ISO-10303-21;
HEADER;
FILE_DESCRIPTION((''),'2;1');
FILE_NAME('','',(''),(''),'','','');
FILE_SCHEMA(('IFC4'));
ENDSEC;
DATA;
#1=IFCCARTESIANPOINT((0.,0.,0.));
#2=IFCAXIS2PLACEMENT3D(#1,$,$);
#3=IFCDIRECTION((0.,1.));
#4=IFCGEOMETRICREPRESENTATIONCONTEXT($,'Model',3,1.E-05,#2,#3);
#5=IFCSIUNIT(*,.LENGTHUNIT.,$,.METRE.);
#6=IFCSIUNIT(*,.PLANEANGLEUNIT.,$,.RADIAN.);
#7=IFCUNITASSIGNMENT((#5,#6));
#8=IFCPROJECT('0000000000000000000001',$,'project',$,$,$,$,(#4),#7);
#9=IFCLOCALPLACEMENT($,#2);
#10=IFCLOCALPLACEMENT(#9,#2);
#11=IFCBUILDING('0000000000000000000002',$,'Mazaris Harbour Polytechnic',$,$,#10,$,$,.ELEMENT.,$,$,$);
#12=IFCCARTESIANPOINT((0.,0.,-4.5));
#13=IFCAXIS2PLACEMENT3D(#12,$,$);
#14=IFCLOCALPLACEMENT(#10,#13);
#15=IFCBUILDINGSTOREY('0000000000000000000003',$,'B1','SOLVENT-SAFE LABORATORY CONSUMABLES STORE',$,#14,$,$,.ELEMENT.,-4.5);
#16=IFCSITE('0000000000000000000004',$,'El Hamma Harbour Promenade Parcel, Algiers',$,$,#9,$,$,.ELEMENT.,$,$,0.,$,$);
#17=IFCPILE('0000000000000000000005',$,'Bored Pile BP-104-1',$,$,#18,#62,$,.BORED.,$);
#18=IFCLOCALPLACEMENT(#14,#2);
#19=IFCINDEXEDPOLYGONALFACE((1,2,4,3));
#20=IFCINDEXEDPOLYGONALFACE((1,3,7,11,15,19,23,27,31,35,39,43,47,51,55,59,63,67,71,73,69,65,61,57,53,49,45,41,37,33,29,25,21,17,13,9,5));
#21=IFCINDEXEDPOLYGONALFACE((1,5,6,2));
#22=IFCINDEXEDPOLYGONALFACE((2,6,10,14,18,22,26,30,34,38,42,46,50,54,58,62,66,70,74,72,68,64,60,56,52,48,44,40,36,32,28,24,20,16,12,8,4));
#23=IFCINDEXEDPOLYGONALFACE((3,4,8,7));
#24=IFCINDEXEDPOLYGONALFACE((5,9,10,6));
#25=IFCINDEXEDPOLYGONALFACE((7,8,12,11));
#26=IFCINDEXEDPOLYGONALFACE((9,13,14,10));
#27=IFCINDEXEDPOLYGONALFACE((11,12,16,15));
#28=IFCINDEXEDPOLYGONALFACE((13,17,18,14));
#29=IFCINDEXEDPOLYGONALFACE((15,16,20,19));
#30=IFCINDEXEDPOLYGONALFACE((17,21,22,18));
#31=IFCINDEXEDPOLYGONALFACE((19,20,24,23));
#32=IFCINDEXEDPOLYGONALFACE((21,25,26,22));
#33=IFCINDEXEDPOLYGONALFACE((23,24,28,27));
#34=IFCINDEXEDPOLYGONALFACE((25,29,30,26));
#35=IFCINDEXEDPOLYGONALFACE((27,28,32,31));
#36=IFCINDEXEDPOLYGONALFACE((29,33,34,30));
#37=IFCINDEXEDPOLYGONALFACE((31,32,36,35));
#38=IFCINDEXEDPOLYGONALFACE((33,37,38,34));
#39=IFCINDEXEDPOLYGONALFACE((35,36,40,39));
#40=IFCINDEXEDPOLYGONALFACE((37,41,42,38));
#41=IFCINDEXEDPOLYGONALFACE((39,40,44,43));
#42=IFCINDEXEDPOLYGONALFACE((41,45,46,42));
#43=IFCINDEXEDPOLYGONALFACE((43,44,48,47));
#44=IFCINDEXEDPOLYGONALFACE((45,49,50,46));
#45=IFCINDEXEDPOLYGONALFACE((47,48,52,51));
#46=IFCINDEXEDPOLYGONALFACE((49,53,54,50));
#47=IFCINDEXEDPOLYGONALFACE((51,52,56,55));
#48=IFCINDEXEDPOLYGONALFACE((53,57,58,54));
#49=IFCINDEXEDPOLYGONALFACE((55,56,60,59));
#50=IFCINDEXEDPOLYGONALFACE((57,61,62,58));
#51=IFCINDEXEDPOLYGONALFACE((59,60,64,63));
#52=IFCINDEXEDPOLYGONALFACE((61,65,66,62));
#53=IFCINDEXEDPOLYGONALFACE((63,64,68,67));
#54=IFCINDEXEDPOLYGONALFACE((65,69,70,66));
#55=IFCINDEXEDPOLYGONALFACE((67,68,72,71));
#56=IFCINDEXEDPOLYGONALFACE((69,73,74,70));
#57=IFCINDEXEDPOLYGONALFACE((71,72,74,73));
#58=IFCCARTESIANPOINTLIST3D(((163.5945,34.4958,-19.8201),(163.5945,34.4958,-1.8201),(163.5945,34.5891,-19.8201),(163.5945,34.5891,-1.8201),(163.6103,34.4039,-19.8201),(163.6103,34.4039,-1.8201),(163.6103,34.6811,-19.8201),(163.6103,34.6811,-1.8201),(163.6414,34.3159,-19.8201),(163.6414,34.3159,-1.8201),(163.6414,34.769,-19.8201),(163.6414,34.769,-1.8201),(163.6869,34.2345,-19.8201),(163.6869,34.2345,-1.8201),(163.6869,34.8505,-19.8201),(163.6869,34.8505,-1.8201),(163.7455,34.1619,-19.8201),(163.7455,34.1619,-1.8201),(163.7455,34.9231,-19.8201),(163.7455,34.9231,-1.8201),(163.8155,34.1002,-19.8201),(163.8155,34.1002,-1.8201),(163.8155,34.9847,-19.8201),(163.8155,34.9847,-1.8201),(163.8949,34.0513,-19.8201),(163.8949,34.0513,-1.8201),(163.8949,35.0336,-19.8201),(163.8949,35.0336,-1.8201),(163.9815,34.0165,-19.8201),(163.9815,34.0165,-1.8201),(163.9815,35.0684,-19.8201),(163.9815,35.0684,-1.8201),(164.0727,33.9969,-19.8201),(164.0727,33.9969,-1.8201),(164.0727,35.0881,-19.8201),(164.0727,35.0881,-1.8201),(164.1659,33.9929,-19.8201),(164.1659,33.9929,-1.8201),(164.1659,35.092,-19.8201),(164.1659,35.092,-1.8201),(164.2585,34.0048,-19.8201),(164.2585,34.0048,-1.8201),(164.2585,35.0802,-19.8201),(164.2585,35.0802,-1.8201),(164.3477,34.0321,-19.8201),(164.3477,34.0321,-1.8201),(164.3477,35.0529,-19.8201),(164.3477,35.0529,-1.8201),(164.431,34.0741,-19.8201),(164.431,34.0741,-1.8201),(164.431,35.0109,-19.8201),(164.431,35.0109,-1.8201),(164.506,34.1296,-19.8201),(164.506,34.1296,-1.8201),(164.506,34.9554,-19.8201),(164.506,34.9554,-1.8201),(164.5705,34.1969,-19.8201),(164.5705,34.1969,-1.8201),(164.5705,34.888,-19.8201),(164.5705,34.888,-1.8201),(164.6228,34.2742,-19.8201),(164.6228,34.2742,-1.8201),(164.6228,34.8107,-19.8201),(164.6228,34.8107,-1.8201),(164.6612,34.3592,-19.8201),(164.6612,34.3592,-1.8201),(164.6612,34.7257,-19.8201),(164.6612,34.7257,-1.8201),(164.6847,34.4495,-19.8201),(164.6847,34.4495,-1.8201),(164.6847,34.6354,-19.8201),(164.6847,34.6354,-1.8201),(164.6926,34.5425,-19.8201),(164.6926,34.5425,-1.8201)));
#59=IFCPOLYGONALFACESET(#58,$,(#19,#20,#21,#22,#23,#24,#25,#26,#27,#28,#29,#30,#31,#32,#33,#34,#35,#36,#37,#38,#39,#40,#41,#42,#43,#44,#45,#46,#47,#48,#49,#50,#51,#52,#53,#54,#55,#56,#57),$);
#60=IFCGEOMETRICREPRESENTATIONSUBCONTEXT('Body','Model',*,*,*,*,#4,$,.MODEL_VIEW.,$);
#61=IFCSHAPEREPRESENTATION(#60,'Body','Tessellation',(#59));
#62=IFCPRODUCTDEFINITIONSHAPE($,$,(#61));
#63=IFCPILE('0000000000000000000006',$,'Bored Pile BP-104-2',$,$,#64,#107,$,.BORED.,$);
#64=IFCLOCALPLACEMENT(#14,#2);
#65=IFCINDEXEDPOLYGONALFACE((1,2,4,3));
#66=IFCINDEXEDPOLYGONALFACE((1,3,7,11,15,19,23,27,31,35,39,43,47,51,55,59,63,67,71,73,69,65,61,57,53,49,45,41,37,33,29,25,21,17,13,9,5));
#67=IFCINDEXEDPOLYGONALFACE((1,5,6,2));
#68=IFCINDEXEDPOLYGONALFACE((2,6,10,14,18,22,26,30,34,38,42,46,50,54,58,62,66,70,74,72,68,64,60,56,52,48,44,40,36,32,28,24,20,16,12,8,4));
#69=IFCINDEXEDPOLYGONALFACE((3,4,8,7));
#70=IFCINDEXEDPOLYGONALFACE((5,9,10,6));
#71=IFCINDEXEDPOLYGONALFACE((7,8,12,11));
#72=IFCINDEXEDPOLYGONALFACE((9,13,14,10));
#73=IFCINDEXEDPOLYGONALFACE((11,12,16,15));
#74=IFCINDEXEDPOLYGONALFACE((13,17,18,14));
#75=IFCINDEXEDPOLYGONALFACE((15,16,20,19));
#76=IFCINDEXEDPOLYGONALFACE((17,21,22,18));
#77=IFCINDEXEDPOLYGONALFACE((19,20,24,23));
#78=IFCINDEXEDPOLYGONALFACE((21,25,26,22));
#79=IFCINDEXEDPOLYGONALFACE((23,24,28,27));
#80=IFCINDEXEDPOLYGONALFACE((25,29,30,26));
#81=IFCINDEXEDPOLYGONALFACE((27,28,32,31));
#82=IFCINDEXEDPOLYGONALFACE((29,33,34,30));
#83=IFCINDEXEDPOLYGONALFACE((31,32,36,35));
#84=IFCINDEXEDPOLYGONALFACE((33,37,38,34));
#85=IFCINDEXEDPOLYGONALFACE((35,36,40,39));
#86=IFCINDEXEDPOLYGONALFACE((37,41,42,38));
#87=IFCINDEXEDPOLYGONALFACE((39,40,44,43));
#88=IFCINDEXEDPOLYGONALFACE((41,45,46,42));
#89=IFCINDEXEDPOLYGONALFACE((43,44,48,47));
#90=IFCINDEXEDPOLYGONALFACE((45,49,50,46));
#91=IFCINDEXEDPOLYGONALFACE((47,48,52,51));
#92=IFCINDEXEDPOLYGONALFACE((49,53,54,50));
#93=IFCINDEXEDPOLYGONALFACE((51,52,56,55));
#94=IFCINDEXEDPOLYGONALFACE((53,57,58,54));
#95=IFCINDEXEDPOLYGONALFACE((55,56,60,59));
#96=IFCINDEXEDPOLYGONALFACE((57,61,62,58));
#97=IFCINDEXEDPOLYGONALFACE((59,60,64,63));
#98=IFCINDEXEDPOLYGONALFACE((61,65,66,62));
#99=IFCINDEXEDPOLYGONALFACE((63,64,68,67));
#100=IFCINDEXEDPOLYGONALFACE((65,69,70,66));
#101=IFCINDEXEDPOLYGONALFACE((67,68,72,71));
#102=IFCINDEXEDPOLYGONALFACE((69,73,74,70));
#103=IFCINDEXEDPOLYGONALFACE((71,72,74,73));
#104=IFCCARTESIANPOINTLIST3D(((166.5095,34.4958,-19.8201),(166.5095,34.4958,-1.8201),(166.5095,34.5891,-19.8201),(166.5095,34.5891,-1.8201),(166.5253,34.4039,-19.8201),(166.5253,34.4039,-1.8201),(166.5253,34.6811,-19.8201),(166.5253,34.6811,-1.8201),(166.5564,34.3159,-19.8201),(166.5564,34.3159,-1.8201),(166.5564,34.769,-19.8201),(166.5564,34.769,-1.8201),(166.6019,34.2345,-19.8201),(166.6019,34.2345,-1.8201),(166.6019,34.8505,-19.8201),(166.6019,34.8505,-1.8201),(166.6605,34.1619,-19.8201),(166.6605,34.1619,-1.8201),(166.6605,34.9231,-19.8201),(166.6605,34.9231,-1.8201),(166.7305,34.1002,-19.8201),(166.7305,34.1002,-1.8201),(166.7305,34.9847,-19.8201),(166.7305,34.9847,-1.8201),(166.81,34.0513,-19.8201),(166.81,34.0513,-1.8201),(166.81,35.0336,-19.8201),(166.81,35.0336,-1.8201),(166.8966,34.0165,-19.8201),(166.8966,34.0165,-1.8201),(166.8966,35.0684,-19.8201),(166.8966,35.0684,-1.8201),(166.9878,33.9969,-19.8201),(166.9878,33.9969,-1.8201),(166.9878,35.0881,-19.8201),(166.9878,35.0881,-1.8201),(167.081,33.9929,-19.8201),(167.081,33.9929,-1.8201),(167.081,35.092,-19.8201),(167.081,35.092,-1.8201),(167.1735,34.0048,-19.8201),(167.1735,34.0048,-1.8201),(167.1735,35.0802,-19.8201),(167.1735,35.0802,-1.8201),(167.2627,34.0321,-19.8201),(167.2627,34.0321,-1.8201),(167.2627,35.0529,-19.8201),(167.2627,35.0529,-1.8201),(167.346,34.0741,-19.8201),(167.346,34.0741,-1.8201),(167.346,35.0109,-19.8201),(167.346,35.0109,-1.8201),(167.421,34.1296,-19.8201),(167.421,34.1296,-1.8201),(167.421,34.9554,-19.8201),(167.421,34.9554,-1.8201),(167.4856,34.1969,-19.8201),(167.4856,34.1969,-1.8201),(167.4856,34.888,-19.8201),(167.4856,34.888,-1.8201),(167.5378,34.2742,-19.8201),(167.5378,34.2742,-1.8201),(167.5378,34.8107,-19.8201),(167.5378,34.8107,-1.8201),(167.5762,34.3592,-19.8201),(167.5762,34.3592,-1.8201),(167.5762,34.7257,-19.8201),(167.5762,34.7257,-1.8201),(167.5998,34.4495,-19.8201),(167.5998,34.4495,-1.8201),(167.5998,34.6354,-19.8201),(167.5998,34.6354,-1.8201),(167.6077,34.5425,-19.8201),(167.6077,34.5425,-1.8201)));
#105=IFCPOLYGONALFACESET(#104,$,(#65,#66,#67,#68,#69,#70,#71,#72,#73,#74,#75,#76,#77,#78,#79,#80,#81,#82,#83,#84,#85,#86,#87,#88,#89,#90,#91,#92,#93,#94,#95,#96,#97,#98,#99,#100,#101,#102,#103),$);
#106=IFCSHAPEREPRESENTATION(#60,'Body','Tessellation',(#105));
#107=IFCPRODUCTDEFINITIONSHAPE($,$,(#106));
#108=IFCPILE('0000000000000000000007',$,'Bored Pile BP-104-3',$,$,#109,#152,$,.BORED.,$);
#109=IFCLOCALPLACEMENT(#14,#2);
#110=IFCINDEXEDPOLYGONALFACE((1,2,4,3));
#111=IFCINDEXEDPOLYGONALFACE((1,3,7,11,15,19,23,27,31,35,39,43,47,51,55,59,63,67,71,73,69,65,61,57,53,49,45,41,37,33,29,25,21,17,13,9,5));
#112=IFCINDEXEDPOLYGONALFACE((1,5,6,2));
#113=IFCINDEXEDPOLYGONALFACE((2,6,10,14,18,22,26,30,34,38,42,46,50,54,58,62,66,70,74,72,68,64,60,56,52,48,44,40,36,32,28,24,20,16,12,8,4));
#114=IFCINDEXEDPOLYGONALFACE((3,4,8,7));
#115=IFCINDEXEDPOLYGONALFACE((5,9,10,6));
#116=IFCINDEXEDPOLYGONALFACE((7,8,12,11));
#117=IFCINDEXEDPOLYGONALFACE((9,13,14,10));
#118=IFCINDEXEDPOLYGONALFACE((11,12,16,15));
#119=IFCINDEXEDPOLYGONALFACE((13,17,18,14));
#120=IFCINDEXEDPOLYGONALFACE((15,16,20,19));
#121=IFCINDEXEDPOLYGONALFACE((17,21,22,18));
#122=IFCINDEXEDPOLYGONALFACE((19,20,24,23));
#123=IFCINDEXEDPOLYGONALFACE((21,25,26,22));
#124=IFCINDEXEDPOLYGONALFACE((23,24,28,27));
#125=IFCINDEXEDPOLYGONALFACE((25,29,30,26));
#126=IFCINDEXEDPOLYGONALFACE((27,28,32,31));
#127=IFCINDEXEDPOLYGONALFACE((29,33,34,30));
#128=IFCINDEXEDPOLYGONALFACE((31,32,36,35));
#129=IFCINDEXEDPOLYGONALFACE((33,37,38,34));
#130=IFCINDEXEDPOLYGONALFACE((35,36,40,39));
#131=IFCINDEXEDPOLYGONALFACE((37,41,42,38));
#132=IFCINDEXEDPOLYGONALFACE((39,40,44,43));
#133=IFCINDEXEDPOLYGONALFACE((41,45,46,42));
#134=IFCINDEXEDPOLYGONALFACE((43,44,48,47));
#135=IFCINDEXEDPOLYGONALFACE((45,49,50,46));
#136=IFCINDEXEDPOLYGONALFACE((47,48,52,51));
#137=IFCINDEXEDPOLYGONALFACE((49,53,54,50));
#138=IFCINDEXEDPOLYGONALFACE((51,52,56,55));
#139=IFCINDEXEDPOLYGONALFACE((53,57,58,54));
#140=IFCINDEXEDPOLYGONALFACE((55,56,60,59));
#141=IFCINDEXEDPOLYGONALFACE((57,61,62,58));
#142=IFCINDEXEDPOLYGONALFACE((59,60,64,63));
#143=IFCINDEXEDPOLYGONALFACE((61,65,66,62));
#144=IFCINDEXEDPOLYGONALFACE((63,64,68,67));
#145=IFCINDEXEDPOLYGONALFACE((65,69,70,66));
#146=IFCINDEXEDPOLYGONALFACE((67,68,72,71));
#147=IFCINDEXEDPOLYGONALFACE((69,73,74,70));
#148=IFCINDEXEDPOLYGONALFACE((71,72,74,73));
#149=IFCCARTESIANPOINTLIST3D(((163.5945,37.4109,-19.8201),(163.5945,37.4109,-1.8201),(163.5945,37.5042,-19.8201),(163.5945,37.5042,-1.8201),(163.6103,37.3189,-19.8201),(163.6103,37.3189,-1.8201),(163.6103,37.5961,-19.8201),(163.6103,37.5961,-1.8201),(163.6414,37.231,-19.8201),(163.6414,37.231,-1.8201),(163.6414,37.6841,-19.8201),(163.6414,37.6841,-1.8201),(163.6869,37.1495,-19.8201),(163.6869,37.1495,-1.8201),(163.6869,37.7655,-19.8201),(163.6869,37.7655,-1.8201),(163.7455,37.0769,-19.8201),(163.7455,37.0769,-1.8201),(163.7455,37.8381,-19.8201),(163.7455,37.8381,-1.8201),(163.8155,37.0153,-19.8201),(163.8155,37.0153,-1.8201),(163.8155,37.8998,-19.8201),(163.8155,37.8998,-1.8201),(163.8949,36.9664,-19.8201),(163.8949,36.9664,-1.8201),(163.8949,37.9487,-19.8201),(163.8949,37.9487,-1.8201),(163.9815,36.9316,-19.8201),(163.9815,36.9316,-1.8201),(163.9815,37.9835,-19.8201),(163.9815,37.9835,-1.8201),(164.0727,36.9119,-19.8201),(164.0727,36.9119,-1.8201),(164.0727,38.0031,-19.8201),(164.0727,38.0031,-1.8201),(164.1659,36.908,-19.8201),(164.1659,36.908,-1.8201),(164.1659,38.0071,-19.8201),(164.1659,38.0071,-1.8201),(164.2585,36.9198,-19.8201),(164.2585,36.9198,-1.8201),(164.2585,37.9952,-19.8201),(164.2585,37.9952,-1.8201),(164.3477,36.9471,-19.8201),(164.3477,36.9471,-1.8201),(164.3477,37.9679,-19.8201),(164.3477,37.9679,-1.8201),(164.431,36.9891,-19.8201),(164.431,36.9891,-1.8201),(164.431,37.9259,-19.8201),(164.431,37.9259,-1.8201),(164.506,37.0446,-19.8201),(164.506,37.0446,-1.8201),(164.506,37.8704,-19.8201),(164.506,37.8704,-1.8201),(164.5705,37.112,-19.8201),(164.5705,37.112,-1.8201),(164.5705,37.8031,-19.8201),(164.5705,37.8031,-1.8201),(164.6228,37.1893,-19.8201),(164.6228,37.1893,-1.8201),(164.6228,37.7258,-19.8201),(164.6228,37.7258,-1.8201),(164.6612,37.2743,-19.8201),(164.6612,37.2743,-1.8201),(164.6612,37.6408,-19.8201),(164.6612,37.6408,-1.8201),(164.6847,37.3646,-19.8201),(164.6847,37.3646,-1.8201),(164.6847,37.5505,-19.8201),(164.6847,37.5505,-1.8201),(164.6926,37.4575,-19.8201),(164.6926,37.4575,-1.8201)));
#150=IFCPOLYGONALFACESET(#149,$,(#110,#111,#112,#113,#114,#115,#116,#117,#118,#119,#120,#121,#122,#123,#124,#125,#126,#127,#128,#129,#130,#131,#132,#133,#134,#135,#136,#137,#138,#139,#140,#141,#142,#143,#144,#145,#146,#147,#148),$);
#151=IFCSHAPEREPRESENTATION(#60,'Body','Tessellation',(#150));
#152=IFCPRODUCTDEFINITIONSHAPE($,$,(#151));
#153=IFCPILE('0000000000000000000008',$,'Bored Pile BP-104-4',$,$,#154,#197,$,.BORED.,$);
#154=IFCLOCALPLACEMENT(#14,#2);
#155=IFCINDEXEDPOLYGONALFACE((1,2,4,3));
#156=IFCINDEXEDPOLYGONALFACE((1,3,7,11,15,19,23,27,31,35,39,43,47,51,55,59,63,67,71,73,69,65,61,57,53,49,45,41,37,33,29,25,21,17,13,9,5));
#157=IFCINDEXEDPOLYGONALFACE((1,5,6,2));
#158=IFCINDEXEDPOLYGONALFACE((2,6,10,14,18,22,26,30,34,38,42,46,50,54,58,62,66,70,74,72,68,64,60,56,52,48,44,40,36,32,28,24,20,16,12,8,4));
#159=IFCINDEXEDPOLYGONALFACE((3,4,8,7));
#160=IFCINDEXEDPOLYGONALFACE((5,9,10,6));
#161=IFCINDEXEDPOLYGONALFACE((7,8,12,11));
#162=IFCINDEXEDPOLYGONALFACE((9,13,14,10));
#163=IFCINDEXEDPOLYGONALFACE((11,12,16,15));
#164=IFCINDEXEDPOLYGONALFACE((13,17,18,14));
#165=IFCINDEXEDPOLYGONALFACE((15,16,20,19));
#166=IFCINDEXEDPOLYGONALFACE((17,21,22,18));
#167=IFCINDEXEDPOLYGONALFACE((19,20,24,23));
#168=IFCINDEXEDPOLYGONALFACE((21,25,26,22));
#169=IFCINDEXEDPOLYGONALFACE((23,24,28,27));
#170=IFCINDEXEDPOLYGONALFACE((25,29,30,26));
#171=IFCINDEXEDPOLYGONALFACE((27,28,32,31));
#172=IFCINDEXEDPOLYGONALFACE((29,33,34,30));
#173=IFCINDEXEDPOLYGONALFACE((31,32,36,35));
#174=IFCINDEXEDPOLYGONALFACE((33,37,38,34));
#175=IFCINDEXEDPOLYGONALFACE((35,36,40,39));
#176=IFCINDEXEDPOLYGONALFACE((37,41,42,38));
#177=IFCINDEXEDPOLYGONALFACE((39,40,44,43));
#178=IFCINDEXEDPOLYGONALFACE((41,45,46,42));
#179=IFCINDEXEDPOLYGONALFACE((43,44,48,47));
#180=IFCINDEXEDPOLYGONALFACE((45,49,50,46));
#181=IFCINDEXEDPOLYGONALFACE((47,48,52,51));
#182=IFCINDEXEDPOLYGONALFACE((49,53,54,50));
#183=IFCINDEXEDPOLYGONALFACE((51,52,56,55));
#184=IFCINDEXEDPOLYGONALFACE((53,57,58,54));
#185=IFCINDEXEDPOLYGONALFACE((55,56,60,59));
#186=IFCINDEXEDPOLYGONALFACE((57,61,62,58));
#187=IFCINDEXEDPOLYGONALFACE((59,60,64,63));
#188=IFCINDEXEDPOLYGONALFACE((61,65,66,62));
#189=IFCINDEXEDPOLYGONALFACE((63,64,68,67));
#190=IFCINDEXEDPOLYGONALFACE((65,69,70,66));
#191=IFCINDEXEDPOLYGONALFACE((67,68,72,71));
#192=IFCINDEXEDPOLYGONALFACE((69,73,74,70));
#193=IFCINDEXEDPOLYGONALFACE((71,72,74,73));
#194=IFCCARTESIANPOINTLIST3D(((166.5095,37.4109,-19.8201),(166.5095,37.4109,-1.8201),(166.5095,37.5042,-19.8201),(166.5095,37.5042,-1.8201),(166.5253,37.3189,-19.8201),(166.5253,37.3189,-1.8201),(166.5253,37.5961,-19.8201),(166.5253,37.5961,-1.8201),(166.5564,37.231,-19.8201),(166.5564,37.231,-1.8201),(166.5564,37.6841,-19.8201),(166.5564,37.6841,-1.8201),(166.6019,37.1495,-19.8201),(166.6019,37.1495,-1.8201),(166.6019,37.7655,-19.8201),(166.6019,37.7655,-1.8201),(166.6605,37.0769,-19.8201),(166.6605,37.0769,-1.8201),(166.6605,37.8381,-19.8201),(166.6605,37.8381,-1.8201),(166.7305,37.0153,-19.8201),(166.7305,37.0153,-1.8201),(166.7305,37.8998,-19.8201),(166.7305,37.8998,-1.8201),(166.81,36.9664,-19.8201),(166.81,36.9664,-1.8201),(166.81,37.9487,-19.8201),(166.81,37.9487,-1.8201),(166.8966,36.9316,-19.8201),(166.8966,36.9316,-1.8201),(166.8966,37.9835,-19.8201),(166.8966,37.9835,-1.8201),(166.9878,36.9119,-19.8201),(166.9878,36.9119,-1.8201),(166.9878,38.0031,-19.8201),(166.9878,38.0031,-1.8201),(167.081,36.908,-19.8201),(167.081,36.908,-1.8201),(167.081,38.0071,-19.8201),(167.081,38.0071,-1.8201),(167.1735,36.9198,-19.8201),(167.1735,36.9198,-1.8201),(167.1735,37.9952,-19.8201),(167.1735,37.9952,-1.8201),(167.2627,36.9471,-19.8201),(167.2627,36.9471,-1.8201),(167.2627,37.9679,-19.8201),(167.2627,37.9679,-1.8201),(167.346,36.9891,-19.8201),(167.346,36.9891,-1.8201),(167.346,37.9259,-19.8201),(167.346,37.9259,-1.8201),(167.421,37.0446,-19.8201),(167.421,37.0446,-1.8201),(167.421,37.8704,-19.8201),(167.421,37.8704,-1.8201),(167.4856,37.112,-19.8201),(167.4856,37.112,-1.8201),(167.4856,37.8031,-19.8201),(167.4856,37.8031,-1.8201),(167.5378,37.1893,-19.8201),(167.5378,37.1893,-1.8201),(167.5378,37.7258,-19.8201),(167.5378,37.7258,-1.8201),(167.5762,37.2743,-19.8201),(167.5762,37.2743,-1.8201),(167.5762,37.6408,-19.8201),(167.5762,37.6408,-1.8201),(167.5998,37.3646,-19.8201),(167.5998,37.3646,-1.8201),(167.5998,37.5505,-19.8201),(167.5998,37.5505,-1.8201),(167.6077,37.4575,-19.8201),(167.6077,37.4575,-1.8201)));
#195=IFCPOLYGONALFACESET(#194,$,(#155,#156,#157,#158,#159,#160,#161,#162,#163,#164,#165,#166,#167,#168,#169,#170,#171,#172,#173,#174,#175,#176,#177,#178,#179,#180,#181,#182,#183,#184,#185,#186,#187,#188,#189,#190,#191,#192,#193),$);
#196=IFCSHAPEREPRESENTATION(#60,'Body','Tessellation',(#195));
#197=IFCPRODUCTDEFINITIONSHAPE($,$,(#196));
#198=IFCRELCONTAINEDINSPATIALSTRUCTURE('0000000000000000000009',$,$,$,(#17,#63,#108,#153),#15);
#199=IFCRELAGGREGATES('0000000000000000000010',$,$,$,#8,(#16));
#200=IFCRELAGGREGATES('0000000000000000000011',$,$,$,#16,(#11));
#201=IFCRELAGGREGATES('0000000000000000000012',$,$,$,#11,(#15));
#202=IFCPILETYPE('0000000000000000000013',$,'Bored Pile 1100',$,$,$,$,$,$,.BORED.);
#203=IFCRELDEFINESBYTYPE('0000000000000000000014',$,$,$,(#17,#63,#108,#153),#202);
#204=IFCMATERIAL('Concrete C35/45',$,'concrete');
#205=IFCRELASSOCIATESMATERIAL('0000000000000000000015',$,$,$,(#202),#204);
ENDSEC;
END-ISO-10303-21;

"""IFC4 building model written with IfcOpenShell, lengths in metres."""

from ifc_helpers import new_model, si_unit, direction, frame, origin, origin_2d, place, context, subcontext, project, spatial, circle, extrude, material, material_profile, profile_set, type_object, element, save


model = new_model("IFC4")

# Units and contexts
model_context = context("Model", 3, precision=1e-05, world=origin(), true_north=direction((0.0, 1.0)))
body_context = subcontext(model_context, "Body", "Model", "MODEL_VIEW")
ifc_project = project(units=[si_unit("LENGTHUNIT", "METRE"), si_unit("PLANEANGLEUNIT", "RADIAN")], contexts=[model_context])

# Site, building, storey
site_placement = place(None, origin())
site = spatial("IfcSite", under=ifc_project, at=site_placement, Name="El Hamma Harbour Promenade Parcel, Algiers", CompositionType="ELEMENT", RefElevation=0.0)
building_placement = place(site_placement, origin())
building = spatial("IfcBuilding", under=site, at=building_placement, Name="Mazaris Harbour Polytechnic", CompositionType="ELEMENT")
storey_placement = place(building_placement, frame((0.0, 0.0, -4.5)))
storey = spatial("IfcBuildingStorey", under=building, at=storey_placement, Name="B1", Description="SOLVENT-SAFE LABORATORY CONSUMABLES STORE", CompositionType="ELEMENT", Elevation=-4.5)

# Piles
ifc_material_1 = material(Name="Concrete C35/45", Category="concrete")
ifc_material_profile_1 = material_profile(ifc_material_1, circle(Radius=0.55, at=origin_2d()), Name="DIA1100")
ifc_profile_set_1 = profile_set([ifc_material_profile_1], Name="Concrete C35/45")
pile_type_1 = type_object("IfcPileType", Name="Bored Pile 1100", PredefinedType="BORED", material=ifc_profile_set_1)
for number, where, z_axis, x_axis, name in (
    (1, (164.1426, 34.5425, -1.8201), (0.0, 0.0, -1.0), (1.0, 0.0, 0.0), "Bored Pile BP-104-1"),
    (2, (167.0576, 34.5425, -1.8201), (0.0, 0.0, -1.0), (1.0, 0.0, 0.0), "Bored Pile BP-104-2"),
    (3, (164.1426, 37.4575, -1.8201), (0.0, 0.0, -1.0), (1.0, 0.0, 0.0), "Bored Pile BP-104-3"),
    (4, (167.0576, 37.4575, -1.8201), (0.0, 0.0, -1.0), (1.0, 0.0, 0.0), "Bored Pile BP-104-4"),
):
    element("IfcPile", number, at=place(storey_placement, frame(where, z_axis=z_axis, x_axis=x_axis)), inside=storey, type_object=pile_type_1, Name=name, PredefinedType="BORED", context=body_context, shape_type="SweptSolid", body=[
        extrude(circle(Radius=0.55, at=origin_2d()), origin(), (0.0, 0.0, 1.0), 18.0),
    ])

save(model, "model.ifc")
